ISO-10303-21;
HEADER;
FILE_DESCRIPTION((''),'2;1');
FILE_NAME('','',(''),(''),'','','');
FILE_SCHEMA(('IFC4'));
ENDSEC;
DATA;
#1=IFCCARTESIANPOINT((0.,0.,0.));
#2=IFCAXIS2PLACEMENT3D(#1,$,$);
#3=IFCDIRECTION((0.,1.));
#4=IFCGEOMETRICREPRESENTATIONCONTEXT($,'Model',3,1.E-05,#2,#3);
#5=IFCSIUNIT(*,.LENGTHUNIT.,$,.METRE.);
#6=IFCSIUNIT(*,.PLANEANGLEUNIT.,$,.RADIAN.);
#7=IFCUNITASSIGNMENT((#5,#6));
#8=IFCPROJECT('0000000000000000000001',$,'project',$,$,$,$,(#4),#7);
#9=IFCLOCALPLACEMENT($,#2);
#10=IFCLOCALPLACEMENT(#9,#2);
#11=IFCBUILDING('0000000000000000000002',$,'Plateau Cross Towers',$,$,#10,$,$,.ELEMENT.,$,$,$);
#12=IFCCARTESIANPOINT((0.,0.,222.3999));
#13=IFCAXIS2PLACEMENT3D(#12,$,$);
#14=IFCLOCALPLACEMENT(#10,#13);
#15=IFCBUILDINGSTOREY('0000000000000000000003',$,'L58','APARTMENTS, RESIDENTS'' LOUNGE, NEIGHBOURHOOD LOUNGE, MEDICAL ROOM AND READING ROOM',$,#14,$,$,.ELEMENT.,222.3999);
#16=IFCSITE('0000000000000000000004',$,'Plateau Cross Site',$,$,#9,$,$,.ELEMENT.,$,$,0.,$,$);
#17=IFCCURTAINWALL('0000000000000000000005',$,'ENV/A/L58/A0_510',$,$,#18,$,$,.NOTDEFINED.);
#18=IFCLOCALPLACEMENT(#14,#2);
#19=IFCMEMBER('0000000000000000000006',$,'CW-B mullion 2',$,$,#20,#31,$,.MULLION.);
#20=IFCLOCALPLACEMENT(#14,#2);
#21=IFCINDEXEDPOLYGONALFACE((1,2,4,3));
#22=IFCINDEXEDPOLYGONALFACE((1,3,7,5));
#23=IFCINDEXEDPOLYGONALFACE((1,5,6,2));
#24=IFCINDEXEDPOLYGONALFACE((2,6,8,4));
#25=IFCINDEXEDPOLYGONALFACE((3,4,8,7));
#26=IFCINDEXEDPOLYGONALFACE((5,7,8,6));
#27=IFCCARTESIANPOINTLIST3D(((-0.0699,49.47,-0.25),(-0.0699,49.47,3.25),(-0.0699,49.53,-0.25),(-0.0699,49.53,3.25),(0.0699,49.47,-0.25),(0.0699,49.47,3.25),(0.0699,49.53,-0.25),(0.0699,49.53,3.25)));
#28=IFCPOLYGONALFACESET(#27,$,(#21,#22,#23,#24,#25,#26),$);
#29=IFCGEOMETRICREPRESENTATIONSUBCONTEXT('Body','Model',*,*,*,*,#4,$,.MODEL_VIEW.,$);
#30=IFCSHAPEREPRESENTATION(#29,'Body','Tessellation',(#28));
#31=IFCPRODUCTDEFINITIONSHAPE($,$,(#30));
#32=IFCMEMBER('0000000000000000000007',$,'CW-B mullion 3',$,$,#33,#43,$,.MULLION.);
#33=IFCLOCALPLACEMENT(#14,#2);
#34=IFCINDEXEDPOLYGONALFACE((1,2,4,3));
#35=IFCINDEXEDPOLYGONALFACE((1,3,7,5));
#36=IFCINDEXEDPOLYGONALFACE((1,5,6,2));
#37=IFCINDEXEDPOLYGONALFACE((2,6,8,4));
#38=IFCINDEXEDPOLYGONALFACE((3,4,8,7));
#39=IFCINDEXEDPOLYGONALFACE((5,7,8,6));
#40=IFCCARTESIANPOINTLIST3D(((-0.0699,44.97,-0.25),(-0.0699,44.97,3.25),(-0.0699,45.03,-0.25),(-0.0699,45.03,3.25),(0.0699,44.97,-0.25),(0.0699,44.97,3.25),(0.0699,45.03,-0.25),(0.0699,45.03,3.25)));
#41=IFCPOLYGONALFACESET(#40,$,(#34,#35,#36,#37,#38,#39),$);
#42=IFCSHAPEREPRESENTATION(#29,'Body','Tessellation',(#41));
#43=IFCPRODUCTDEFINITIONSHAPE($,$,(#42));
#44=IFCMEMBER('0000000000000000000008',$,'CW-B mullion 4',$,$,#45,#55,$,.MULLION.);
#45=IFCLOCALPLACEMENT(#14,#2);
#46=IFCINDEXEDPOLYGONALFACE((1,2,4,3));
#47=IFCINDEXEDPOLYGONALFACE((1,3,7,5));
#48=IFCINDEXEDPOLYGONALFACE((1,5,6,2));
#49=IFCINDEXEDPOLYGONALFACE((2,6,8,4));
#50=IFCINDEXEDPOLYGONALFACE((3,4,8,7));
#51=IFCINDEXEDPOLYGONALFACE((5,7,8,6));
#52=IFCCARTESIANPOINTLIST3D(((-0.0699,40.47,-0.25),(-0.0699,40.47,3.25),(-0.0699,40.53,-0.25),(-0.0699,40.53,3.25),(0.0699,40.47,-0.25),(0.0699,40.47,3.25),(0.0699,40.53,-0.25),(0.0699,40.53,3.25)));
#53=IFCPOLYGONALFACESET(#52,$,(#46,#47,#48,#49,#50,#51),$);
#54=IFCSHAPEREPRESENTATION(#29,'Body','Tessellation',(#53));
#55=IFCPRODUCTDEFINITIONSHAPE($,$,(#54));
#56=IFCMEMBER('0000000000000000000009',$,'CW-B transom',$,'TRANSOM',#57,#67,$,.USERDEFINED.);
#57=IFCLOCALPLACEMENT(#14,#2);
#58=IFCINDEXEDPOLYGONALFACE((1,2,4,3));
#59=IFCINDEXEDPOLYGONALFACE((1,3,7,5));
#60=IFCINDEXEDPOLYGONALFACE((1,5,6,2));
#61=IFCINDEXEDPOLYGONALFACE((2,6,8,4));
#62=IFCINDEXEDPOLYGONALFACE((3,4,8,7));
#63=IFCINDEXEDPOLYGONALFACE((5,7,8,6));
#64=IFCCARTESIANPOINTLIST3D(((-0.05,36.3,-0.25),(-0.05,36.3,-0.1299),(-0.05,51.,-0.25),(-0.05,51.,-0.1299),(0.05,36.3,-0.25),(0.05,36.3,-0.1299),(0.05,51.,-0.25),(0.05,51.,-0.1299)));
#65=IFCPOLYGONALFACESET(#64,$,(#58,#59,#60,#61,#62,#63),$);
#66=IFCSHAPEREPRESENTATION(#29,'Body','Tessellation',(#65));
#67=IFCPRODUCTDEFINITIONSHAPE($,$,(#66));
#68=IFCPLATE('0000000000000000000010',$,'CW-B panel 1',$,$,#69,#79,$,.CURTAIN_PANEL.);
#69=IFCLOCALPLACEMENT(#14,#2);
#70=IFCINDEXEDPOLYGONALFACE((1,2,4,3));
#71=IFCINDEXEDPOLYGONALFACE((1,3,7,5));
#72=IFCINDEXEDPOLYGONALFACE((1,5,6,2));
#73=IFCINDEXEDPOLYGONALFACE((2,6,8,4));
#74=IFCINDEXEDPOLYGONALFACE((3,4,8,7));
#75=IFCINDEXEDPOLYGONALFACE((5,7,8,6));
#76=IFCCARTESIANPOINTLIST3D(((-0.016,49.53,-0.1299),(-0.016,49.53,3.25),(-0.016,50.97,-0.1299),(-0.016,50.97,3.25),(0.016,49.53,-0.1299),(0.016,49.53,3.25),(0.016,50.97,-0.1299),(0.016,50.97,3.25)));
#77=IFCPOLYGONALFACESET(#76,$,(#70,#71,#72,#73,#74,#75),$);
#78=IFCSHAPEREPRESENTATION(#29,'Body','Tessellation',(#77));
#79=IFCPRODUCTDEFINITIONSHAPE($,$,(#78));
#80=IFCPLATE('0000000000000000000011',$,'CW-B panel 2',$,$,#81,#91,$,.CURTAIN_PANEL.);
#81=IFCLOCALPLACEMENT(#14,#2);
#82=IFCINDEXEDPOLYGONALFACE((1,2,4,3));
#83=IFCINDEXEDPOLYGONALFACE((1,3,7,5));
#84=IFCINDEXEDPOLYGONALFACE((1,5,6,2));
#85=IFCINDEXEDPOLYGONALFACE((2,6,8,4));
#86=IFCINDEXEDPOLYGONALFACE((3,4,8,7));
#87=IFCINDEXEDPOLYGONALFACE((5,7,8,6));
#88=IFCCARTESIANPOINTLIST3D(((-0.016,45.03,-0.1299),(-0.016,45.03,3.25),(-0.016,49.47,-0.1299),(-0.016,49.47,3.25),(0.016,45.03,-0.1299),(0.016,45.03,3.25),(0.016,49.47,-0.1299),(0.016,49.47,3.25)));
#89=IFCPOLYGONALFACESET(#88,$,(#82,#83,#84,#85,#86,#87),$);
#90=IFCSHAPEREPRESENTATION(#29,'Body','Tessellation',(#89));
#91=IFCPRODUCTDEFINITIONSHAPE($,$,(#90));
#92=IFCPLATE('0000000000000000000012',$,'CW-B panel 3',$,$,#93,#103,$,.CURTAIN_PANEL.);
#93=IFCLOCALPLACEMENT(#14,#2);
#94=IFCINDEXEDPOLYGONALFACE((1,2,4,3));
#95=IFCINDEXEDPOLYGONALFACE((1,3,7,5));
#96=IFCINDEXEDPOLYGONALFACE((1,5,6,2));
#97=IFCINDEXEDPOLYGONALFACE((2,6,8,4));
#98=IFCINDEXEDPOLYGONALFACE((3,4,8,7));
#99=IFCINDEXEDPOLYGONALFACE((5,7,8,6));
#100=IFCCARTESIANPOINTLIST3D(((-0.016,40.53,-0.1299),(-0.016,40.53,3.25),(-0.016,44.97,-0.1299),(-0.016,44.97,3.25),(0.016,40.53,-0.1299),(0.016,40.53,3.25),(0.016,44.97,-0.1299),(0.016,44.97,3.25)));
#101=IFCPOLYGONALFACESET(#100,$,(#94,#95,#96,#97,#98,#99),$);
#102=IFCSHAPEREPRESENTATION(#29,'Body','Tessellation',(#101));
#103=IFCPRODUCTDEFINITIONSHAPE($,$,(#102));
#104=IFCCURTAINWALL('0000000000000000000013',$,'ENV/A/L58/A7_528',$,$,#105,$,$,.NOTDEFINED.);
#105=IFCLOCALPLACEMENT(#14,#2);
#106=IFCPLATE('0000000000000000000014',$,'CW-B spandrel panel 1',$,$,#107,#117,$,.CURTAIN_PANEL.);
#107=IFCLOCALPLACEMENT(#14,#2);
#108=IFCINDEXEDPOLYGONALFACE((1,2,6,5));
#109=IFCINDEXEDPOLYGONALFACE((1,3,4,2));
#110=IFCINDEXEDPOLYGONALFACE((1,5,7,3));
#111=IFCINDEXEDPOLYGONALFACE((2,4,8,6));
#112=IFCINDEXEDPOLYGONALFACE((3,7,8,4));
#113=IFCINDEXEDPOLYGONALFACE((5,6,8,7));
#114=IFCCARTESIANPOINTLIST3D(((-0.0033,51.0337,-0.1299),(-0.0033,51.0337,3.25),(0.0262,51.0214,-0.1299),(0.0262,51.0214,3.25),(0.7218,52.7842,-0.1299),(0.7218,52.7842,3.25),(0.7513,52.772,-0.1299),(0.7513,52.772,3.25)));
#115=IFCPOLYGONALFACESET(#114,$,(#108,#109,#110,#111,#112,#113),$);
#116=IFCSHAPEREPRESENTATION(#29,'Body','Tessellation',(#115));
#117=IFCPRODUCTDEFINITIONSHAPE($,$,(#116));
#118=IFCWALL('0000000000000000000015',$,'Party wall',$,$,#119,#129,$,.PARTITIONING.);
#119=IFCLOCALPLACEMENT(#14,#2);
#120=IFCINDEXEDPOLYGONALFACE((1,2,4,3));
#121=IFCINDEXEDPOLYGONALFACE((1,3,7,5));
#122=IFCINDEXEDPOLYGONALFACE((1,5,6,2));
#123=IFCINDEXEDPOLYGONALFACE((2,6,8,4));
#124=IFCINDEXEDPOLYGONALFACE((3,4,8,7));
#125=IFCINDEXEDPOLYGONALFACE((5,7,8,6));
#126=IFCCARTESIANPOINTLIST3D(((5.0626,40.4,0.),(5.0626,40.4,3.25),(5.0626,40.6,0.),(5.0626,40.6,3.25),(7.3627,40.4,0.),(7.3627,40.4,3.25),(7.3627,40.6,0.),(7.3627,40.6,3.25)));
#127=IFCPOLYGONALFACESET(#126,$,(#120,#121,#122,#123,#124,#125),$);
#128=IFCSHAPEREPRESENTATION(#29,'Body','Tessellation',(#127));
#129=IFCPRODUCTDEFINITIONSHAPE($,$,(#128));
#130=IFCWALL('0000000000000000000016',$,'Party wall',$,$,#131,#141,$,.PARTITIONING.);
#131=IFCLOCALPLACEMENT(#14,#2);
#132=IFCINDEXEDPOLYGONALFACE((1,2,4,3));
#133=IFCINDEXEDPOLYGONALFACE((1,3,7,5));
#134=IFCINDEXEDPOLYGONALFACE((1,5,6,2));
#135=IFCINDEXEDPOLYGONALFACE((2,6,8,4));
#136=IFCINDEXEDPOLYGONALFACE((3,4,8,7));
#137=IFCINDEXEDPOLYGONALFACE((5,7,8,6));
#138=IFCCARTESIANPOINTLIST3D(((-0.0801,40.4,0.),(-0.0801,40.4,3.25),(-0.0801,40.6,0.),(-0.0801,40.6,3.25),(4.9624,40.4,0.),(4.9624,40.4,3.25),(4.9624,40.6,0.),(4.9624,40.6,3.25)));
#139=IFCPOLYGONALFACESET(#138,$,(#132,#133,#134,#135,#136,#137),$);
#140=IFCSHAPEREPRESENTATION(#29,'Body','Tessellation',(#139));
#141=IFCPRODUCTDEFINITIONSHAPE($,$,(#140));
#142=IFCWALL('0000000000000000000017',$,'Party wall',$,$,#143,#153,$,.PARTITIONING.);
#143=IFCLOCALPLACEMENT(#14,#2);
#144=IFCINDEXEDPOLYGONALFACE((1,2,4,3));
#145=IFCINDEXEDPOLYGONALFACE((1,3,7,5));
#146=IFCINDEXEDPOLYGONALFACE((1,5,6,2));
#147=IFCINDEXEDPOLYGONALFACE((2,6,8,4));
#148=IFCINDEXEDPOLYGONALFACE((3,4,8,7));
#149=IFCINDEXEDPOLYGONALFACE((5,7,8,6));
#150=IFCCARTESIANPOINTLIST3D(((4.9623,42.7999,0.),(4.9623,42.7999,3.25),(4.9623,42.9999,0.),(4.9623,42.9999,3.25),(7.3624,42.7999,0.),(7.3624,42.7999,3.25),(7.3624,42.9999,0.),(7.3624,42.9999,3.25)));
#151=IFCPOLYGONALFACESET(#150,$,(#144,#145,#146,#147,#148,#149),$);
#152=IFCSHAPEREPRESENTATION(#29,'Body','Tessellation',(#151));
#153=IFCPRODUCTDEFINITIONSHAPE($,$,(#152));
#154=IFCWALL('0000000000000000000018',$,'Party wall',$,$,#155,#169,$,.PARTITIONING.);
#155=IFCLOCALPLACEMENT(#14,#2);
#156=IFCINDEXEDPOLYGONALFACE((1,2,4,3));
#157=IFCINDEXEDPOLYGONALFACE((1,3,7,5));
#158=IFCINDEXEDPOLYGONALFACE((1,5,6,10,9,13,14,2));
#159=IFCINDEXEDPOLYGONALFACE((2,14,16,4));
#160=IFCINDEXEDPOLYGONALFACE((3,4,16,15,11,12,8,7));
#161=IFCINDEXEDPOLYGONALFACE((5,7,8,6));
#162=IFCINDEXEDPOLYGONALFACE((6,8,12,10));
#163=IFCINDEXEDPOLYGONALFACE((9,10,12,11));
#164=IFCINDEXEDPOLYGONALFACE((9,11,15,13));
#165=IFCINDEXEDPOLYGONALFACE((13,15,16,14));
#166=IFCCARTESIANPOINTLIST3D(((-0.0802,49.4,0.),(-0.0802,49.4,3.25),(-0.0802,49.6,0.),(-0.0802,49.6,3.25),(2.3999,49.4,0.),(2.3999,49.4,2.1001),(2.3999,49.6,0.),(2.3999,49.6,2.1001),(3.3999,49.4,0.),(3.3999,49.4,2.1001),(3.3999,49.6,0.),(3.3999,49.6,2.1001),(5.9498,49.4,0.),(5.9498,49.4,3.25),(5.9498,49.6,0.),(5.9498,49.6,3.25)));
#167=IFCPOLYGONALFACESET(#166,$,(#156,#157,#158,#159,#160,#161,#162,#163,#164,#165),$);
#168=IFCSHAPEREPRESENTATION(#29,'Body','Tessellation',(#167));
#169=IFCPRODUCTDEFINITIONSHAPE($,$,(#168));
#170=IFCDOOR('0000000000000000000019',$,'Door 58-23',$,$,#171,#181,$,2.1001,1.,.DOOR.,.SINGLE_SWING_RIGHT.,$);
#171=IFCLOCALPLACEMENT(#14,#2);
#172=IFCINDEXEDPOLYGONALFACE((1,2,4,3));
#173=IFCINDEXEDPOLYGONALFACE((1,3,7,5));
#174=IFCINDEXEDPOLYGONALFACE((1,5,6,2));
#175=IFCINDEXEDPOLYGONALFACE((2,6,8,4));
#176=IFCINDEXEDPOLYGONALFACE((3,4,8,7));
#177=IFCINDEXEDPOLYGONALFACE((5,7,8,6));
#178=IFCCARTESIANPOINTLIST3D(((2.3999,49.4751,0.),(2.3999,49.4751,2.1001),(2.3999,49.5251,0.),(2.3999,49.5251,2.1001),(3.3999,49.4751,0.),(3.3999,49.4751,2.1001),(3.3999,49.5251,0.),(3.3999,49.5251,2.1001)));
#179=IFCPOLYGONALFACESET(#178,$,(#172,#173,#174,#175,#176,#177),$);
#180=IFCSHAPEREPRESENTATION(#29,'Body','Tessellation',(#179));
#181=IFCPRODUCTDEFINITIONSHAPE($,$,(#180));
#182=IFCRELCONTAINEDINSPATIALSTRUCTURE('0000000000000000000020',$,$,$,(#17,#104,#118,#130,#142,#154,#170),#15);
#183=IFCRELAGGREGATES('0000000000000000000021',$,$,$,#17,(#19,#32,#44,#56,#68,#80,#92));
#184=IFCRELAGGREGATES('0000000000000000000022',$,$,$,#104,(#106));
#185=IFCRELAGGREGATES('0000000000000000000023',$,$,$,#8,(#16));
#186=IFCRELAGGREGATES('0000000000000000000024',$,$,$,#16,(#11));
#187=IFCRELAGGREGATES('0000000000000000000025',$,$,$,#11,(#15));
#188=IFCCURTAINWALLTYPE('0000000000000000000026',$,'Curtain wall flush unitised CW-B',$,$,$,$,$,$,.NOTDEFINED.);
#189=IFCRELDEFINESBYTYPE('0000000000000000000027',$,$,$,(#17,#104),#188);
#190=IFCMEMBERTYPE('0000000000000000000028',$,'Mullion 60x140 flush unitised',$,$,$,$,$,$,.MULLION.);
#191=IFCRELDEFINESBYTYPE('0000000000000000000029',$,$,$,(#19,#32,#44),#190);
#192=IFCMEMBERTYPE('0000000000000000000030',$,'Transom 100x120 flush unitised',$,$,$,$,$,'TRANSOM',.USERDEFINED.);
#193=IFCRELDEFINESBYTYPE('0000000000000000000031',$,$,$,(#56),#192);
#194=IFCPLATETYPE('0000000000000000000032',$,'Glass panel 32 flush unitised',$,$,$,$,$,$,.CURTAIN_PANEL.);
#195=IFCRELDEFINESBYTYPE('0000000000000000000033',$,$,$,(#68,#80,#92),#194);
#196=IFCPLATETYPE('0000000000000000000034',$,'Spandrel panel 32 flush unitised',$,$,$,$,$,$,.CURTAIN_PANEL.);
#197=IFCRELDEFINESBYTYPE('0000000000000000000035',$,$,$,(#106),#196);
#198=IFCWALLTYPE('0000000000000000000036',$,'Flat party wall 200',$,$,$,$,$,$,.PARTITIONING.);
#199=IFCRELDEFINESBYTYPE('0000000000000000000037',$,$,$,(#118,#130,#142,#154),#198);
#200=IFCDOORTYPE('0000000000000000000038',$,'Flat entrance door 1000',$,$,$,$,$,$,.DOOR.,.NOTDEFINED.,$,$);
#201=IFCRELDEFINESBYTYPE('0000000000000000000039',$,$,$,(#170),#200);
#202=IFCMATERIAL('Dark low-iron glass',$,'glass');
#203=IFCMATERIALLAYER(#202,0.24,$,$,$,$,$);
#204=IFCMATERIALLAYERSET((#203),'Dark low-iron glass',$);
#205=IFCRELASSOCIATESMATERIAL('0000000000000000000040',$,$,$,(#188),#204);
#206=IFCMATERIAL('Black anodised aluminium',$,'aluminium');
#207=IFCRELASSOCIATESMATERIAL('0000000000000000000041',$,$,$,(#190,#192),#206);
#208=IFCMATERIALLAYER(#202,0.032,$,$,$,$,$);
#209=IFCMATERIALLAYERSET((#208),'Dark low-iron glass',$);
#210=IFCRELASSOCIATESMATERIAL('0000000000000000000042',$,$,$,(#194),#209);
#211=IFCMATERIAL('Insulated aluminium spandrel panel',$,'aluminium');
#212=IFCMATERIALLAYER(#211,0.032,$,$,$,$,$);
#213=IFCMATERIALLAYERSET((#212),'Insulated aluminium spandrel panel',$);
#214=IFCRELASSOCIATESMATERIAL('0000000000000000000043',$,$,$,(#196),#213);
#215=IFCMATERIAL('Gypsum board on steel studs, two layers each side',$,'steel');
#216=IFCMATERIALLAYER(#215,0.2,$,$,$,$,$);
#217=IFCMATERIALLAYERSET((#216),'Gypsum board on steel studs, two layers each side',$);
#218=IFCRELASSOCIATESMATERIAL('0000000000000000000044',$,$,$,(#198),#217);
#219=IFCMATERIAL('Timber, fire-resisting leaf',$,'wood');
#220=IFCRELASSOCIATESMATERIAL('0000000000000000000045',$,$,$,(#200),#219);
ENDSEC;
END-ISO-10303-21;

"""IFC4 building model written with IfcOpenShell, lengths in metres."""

from ifc_helpers import new_model, si_unit, direction, frame, frame_2d, origin, origin_2d, place, context, subcontext, project, spatial, rectangle, extrude, material, layer, layer_set, material_profile, profile_set, type_object, element, fill, aggregate, save


model = new_model("IFC4")

# Units and contexts
model_context = context("Model", 3, precision=1e-05, world=origin(), true_north=direction((0.0, 1.0)))
body_context = subcontext(model_context, "Body", "Model", "MODEL_VIEW")
ifc_project = project(units=[si_unit("LENGTHUNIT", "METRE"), si_unit("PLANEANGLEUNIT", "RADIAN")], contexts=[model_context])

# Site, building, storey
site_placement = place(None, origin())
site = spatial("IfcSite", under=ifc_project, at=site_placement, Name="Plateau Cross Site", CompositionType="ELEMENT", RefElevation=0.0)
building_placement = place(site_placement, origin())
building = spatial("IfcBuilding", under=site, at=building_placement, Name="Plateau Cross Towers", CompositionType="ELEMENT")
storey_placement = place(building_placement, frame((0.0, 0.0, 222.3999)))
storey = spatial("IfcBuildingStorey", under=building, at=storey_placement, Name="L58", Description="APARTMENTS, RESIDENTS' LOUNGE, NEIGHBOURHOOD LOUNGE, MEDICAL ROOM AND READING ROOM", CompositionType="ELEMENT", Elevation=222.3999)

# Curtain wall, members, plates
ifc_material_1 = material(Name="Dark low-iron glass", Category="glass")
ifc_layer_1 = layer(ifc_material_1, 0.24)
ifc_layer_set_1 = layer_set([ifc_layer_1], Name="Dark low-iron glass")
curtain_wall_type = type_object("IfcCurtainWallType", Name="Curtain wall flush unitised CW-B", PredefinedType="NOTDEFINED", material=ifc_layer_set_1)
curtain_wall_1_placement = place(storey_placement, origin())
curtain_wall_1 = element("IfcCurtainWall", 1, at=curtain_wall_1_placement, inside=storey, type_object=curtain_wall_type, Name="ENV/A/L58/A0_510", PredefinedType="NOTDEFINED")
ifc_material_2 = material(Name="Black anodised aluminium", Category="aluminium")
ifc_material_profile_1 = material_profile(ifc_material_2, rectangle(XDim=0.0601, YDim=0.1399, at=origin_2d()), Name="MULLION 60x140")
ifc_profile_set_1 = profile_set([ifc_material_profile_1], Name="Black anodised aluminium")
member_type_1 = type_object("IfcMemberType", Name="Mullion 60x140 flush unitised", PredefinedType="MULLION", material=ifc_profile_set_1)
member_1_placement = place(storey_placement, frame((0.0, 49.5, -0.25), z_axis=(0.0, 0.0, 1.0), x_axis=(0.0, -1.0, 0.0)))
member_1 = element("IfcMember", 2, at=member_1_placement, type_object=member_type_1, Name="CW-B mullion 2", PredefinedType="MULLION", context=body_context, shape_type="SweptSolid", body=[
    extrude(rectangle(XDim=0.0601, YDim=0.1399, at=origin_2d()), origin(), (0.0, 0.0, 1.0), 3.5),
])
member_2_placement = place(storey_placement, frame((0.0, 45.0, -0.25), z_axis=(0.0, 0.0, 1.0), x_axis=(0.0, -1.0, 0.0)))
member_2 = element("IfcMember", 3, at=member_2_placement, type_object=member_type_1, Name="CW-B mullion 3", PredefinedType="MULLION", context=body_context, shape_type="SweptSolid", body=[
    extrude(rectangle(XDim=0.0601, YDim=0.1399, at=origin_2d()), origin(), (0.0, 0.0, 1.0), 3.5),
])
member_3_placement = place(storey_placement, frame((0.0, 40.5, -0.25), z_axis=(0.0, 0.0, 1.0), x_axis=(0.0, -1.0, 0.0)))
member_3 = element("IfcMember", 4, at=member_3_placement, type_object=member_type_1, Name="CW-B mullion 4", PredefinedType="MULLION", context=body_context, shape_type="SweptSolid", body=[
    extrude(rectangle(XDim=0.0601, YDim=0.1399, at=origin_2d()), origin(), (0.0, 0.0, 1.0), 3.5),
])
ifc_material_profile_2 = material_profile(ifc_material_2, rectangle(XDim=0.1001, YDim=0.1201, at=origin_2d()), Name="TRANSOM 100x120")
ifc_profile_set_2 = profile_set([ifc_material_profile_2], Name="Black anodised aluminium")
member_type_2 = type_object("IfcMemberType", Name="Transom 100x120 flush unitised", ElementType="TRANSOM", PredefinedType="USERDEFINED", material=ifc_profile_set_2)
member_4_placement = place(storey_placement, frame((0.0, 51.0, -0.1899), z_axis=(0.0, -1.0, 0.0), x_axis=(1.0, 0.0, 0.0)))
member_4 = element("IfcMember", 5, at=member_4_placement, type_object=member_type_2, Name="CW-B transom", ObjectType="TRANSOM", PredefinedType="USERDEFINED", context=body_context, shape_type="SweptSolid", body=[
    extrude(rectangle(XDim=0.1001, YDim=0.1201, at=origin_2d()), origin(), (0.0, 0.0, 1.0), 14.7),
])
ifc_layer_2 = layer(ifc_material_1, 0.032)
ifc_layer_set_2 = layer_set([ifc_layer_2], Name="Dark low-iron glass")
plate_type_1 = type_object("IfcPlateType", Name="Glass panel 32 flush unitised", PredefinedType="CURTAIN_PANEL", material=ifc_layer_set_2)
plate_1_placement = place(storey_placement, frame((0.0, 50.25, -0.1299), z_axis=(0.0, 0.0, 1.0), x_axis=(0.0, -1.0, 0.0)))
plate_1 = element("IfcPlate", 6, at=plate_1_placement, type_object=plate_type_1, Name="CW-B panel 1", PredefinedType="CURTAIN_PANEL", context=body_context, shape_type="SweptSolid", body=[
    extrude(rectangle(XDim=1.4399, YDim=0.032, at=origin_2d()), origin(), (0.0, 0.0, 1.0), 3.3799),
])
plate_2_placement = place(storey_placement, frame((0.0, 47.25, -0.1299), z_axis=(0.0, 0.0, 1.0), x_axis=(0.0, -1.0, 0.0)))
plate_2 = element("IfcPlate", 7, at=plate_2_placement, type_object=plate_type_1, Name="CW-B panel 2", PredefinedType="CURTAIN_PANEL", context=body_context, shape_type="SweptSolid", body=[
    extrude(rectangle(XDim=4.4399, YDim=0.032, at=origin_2d()), origin(), (0.0, 0.0, 1.0), 3.3799),
])
plate_3_placement = place(storey_placement, frame((0.0, 42.75, -0.1299), z_axis=(0.0, 0.0, 1.0), x_axis=(0.0, -1.0, 0.0)))
plate_3 = element("IfcPlate", 8, at=plate_3_placement, type_object=plate_type_1, Name="CW-B panel 3", PredefinedType="CURTAIN_PANEL", context=body_context, shape_type="SweptSolid", body=[
    extrude(rectangle(XDim=4.4399, YDim=0.032, at=origin_2d()), origin(), (0.0, 0.0, 1.0), 3.3799),
])
aggregate(curtain_wall_1, [member_1, member_2, member_3, member_4, plate_1, plate_2, plate_3])

# Curtain wall, plate
curtain_wall_2_placement = place(storey_placement, origin())
curtain_wall_2 = element("IfcCurtainWall", 9, at=curtain_wall_2_placement, inside=storey, type_object=curtain_wall_type, Name="ENV/A/L58/A7_528", PredefinedType="NOTDEFINED")
ifc_material_3 = material(Name="Insulated aluminium spandrel panel", Category="aluminium")
ifc_layer_3 = layer(ifc_material_3, 0.032)
ifc_layer_set_3 = layer_set([ifc_layer_3], Name="Insulated aluminium spandrel panel")
plate_type_2 = type_object("IfcPlateType", Name="Spandrel panel 32 flush unitised", PredefinedType="CURTAIN_PANEL", material=ifc_layer_set_3)
plate_4_placement = place(storey_placement, frame((0.374, 51.9028, -0.1299), z_axis=(0.0, 0.0, 1.0), x_axis=(-0.382684, -0.923879, 0.0)))
plate_4 = element("IfcPlate", 10, at=plate_4_placement, type_object=plate_type_2, Name="CW-B spandrel panel 1", PredefinedType="CURTAIN_PANEL", context=body_context, shape_type="SweptSolid", body=[
    extrude(rectangle(XDim=1.8948, YDim=0.032, at=origin_2d()), origin(), (0.0, 0.0, 1.0), 3.3799),
])
aggregate(curtain_wall_2, [plate_4])

# Walls
ifc_material_4 = material(Name="Gypsum board on steel studs, two layers each side", Category="steel")
ifc_layer_4 = layer(ifc_material_4, 0.2)
ifc_layer_set_4 = layer_set([ifc_layer_4], Name="Gypsum board on steel studs, two layers each side")
wall_type_1 = type_object("IfcWallType", Name="Flat party wall 200", PredefinedType="PARTITIONING", material=ifc_layer_set_4)
wall_1_placement = place(storey_placement, frame((7.3625, 40.5, 0.0), z_axis=(0.0, 0.0, 1.0), x_axis=(-1.0, 0.0, 0.0)))
element("IfcWall", 11, at=wall_1_placement, inside=storey, type_object=wall_type_1, Name="Party wall", PredefinedType="PARTITIONING", context=body_context, shape_type="SweptSolid", body=[
    extrude(rectangle(XDim=2.3, YDim=0.2, at=frame_2d((1.1499, 0.0))), origin(), (0.0, 0.0, 1.0), 3.25),
])
wall_2_placement = place(storey_placement, frame((-0.0801, 40.5, 0.0), z_axis=(0.0, 0.0, 1.0), x_axis=(1.0, 0.0, 0.0)))
element("IfcWall", 12, at=wall_2_placement, inside=storey, type_object=wall_type_1, Name="Party wall", PredefinedType="PARTITIONING", context=body_context, shape_type="SweptSolid", body=[
    extrude(rectangle(XDim=5.0425, YDim=0.2, at=frame_2d((2.5212, 0.0))), origin(), (0.0, 0.0, 1.0), 3.25),
])
wall_3_placement = place(storey_placement, frame((7.3625, 42.8999, 0.0), z_axis=(0.0, 0.0, 1.0), x_axis=(-1.0, 0.0, 0.0)))
element("IfcWall", 13, at=wall_3_placement, inside=storey, type_object=wall_type_1, Name="Party wall", PredefinedType="PARTITIONING", context=body_context, shape_type="SweptSolid", body=[
    extrude(rectangle(XDim=2.4001, YDim=0.2, at=frame_2d((1.2002, 0.0))), origin(), (0.0, 0.0, 1.0), 3.25),
])

# Wall, opening, door
wall_4_placement = place(storey_placement, frame((5.95, 49.5, 0.0), z_axis=(0.0, 0.0, 1.0), x_axis=(-1.0, 0.0, 0.0)))
wall_4 = element("IfcWall", 14, at=wall_4_placement, inside=storey, type_object=wall_type_1, Name="Party wall", PredefinedType="PARTITIONING", context=body_context, shape_type="SweptSolid", body=[
    extrude(rectangle(XDim=6.03, YDim=0.2, at=frame_2d((3.0151, 0.0))), origin(), (0.0, 0.0, 1.0), 3.25),
])
opening_1_placement = place(wall_4_placement, frame((2.55, 0.0, 0.0)))
opening_1 = element("IfcOpeningElement", 15, at=opening_1_placement, cuts=wall_4, PredefinedType="OPENING", context=body_context, shape_type="SweptSolid", body=[
    extrude(rectangle(XDim=1.0, YDim=2.1001, at=frame_2d((0.5, 1.05))), frame((0.0, 0.1099, 0.0), z_axis=(0.0, -1.0, 0.0), x_axis=(1.0, 0.0, 0.0)), (0.0, 0.0, 1.0), 0.22),
])
ifc_material_5 = material(Name="Timber, fire-resisting leaf", Category="wood")
door_type_1 = type_object("IfcDoorType", Name="Flat entrance door 1000", OperationType="NOTDEFINED", PredefinedType="DOOR", material=ifc_material_5)
door_1_placement = place(opening_1_placement, origin())
door_1 = element("IfcDoor", 16, at=door_1_placement, inside=storey, type_object=door_type_1, Name="Door 58-23", OperationType="SINGLE_SWING_RIGHT", OverallHeight=2.1001, OverallWidth=1.0, PredefinedType="DOOR", context=body_context, shape_type="SweptSolid", body=[
    extrude(rectangle(XDim=1.0, YDim=2.1001, at=frame_2d((0.5, 1.05))), frame((0.0, 0.0249, 0.0), z_axis=(0.0, -1.0, 0.0), x_axis=(1.0, 0.0, 0.0)), (0.0, 0.0, 1.0), 0.05),
])
fill(opening_1, door_1)

save(model, "model.ifc")
